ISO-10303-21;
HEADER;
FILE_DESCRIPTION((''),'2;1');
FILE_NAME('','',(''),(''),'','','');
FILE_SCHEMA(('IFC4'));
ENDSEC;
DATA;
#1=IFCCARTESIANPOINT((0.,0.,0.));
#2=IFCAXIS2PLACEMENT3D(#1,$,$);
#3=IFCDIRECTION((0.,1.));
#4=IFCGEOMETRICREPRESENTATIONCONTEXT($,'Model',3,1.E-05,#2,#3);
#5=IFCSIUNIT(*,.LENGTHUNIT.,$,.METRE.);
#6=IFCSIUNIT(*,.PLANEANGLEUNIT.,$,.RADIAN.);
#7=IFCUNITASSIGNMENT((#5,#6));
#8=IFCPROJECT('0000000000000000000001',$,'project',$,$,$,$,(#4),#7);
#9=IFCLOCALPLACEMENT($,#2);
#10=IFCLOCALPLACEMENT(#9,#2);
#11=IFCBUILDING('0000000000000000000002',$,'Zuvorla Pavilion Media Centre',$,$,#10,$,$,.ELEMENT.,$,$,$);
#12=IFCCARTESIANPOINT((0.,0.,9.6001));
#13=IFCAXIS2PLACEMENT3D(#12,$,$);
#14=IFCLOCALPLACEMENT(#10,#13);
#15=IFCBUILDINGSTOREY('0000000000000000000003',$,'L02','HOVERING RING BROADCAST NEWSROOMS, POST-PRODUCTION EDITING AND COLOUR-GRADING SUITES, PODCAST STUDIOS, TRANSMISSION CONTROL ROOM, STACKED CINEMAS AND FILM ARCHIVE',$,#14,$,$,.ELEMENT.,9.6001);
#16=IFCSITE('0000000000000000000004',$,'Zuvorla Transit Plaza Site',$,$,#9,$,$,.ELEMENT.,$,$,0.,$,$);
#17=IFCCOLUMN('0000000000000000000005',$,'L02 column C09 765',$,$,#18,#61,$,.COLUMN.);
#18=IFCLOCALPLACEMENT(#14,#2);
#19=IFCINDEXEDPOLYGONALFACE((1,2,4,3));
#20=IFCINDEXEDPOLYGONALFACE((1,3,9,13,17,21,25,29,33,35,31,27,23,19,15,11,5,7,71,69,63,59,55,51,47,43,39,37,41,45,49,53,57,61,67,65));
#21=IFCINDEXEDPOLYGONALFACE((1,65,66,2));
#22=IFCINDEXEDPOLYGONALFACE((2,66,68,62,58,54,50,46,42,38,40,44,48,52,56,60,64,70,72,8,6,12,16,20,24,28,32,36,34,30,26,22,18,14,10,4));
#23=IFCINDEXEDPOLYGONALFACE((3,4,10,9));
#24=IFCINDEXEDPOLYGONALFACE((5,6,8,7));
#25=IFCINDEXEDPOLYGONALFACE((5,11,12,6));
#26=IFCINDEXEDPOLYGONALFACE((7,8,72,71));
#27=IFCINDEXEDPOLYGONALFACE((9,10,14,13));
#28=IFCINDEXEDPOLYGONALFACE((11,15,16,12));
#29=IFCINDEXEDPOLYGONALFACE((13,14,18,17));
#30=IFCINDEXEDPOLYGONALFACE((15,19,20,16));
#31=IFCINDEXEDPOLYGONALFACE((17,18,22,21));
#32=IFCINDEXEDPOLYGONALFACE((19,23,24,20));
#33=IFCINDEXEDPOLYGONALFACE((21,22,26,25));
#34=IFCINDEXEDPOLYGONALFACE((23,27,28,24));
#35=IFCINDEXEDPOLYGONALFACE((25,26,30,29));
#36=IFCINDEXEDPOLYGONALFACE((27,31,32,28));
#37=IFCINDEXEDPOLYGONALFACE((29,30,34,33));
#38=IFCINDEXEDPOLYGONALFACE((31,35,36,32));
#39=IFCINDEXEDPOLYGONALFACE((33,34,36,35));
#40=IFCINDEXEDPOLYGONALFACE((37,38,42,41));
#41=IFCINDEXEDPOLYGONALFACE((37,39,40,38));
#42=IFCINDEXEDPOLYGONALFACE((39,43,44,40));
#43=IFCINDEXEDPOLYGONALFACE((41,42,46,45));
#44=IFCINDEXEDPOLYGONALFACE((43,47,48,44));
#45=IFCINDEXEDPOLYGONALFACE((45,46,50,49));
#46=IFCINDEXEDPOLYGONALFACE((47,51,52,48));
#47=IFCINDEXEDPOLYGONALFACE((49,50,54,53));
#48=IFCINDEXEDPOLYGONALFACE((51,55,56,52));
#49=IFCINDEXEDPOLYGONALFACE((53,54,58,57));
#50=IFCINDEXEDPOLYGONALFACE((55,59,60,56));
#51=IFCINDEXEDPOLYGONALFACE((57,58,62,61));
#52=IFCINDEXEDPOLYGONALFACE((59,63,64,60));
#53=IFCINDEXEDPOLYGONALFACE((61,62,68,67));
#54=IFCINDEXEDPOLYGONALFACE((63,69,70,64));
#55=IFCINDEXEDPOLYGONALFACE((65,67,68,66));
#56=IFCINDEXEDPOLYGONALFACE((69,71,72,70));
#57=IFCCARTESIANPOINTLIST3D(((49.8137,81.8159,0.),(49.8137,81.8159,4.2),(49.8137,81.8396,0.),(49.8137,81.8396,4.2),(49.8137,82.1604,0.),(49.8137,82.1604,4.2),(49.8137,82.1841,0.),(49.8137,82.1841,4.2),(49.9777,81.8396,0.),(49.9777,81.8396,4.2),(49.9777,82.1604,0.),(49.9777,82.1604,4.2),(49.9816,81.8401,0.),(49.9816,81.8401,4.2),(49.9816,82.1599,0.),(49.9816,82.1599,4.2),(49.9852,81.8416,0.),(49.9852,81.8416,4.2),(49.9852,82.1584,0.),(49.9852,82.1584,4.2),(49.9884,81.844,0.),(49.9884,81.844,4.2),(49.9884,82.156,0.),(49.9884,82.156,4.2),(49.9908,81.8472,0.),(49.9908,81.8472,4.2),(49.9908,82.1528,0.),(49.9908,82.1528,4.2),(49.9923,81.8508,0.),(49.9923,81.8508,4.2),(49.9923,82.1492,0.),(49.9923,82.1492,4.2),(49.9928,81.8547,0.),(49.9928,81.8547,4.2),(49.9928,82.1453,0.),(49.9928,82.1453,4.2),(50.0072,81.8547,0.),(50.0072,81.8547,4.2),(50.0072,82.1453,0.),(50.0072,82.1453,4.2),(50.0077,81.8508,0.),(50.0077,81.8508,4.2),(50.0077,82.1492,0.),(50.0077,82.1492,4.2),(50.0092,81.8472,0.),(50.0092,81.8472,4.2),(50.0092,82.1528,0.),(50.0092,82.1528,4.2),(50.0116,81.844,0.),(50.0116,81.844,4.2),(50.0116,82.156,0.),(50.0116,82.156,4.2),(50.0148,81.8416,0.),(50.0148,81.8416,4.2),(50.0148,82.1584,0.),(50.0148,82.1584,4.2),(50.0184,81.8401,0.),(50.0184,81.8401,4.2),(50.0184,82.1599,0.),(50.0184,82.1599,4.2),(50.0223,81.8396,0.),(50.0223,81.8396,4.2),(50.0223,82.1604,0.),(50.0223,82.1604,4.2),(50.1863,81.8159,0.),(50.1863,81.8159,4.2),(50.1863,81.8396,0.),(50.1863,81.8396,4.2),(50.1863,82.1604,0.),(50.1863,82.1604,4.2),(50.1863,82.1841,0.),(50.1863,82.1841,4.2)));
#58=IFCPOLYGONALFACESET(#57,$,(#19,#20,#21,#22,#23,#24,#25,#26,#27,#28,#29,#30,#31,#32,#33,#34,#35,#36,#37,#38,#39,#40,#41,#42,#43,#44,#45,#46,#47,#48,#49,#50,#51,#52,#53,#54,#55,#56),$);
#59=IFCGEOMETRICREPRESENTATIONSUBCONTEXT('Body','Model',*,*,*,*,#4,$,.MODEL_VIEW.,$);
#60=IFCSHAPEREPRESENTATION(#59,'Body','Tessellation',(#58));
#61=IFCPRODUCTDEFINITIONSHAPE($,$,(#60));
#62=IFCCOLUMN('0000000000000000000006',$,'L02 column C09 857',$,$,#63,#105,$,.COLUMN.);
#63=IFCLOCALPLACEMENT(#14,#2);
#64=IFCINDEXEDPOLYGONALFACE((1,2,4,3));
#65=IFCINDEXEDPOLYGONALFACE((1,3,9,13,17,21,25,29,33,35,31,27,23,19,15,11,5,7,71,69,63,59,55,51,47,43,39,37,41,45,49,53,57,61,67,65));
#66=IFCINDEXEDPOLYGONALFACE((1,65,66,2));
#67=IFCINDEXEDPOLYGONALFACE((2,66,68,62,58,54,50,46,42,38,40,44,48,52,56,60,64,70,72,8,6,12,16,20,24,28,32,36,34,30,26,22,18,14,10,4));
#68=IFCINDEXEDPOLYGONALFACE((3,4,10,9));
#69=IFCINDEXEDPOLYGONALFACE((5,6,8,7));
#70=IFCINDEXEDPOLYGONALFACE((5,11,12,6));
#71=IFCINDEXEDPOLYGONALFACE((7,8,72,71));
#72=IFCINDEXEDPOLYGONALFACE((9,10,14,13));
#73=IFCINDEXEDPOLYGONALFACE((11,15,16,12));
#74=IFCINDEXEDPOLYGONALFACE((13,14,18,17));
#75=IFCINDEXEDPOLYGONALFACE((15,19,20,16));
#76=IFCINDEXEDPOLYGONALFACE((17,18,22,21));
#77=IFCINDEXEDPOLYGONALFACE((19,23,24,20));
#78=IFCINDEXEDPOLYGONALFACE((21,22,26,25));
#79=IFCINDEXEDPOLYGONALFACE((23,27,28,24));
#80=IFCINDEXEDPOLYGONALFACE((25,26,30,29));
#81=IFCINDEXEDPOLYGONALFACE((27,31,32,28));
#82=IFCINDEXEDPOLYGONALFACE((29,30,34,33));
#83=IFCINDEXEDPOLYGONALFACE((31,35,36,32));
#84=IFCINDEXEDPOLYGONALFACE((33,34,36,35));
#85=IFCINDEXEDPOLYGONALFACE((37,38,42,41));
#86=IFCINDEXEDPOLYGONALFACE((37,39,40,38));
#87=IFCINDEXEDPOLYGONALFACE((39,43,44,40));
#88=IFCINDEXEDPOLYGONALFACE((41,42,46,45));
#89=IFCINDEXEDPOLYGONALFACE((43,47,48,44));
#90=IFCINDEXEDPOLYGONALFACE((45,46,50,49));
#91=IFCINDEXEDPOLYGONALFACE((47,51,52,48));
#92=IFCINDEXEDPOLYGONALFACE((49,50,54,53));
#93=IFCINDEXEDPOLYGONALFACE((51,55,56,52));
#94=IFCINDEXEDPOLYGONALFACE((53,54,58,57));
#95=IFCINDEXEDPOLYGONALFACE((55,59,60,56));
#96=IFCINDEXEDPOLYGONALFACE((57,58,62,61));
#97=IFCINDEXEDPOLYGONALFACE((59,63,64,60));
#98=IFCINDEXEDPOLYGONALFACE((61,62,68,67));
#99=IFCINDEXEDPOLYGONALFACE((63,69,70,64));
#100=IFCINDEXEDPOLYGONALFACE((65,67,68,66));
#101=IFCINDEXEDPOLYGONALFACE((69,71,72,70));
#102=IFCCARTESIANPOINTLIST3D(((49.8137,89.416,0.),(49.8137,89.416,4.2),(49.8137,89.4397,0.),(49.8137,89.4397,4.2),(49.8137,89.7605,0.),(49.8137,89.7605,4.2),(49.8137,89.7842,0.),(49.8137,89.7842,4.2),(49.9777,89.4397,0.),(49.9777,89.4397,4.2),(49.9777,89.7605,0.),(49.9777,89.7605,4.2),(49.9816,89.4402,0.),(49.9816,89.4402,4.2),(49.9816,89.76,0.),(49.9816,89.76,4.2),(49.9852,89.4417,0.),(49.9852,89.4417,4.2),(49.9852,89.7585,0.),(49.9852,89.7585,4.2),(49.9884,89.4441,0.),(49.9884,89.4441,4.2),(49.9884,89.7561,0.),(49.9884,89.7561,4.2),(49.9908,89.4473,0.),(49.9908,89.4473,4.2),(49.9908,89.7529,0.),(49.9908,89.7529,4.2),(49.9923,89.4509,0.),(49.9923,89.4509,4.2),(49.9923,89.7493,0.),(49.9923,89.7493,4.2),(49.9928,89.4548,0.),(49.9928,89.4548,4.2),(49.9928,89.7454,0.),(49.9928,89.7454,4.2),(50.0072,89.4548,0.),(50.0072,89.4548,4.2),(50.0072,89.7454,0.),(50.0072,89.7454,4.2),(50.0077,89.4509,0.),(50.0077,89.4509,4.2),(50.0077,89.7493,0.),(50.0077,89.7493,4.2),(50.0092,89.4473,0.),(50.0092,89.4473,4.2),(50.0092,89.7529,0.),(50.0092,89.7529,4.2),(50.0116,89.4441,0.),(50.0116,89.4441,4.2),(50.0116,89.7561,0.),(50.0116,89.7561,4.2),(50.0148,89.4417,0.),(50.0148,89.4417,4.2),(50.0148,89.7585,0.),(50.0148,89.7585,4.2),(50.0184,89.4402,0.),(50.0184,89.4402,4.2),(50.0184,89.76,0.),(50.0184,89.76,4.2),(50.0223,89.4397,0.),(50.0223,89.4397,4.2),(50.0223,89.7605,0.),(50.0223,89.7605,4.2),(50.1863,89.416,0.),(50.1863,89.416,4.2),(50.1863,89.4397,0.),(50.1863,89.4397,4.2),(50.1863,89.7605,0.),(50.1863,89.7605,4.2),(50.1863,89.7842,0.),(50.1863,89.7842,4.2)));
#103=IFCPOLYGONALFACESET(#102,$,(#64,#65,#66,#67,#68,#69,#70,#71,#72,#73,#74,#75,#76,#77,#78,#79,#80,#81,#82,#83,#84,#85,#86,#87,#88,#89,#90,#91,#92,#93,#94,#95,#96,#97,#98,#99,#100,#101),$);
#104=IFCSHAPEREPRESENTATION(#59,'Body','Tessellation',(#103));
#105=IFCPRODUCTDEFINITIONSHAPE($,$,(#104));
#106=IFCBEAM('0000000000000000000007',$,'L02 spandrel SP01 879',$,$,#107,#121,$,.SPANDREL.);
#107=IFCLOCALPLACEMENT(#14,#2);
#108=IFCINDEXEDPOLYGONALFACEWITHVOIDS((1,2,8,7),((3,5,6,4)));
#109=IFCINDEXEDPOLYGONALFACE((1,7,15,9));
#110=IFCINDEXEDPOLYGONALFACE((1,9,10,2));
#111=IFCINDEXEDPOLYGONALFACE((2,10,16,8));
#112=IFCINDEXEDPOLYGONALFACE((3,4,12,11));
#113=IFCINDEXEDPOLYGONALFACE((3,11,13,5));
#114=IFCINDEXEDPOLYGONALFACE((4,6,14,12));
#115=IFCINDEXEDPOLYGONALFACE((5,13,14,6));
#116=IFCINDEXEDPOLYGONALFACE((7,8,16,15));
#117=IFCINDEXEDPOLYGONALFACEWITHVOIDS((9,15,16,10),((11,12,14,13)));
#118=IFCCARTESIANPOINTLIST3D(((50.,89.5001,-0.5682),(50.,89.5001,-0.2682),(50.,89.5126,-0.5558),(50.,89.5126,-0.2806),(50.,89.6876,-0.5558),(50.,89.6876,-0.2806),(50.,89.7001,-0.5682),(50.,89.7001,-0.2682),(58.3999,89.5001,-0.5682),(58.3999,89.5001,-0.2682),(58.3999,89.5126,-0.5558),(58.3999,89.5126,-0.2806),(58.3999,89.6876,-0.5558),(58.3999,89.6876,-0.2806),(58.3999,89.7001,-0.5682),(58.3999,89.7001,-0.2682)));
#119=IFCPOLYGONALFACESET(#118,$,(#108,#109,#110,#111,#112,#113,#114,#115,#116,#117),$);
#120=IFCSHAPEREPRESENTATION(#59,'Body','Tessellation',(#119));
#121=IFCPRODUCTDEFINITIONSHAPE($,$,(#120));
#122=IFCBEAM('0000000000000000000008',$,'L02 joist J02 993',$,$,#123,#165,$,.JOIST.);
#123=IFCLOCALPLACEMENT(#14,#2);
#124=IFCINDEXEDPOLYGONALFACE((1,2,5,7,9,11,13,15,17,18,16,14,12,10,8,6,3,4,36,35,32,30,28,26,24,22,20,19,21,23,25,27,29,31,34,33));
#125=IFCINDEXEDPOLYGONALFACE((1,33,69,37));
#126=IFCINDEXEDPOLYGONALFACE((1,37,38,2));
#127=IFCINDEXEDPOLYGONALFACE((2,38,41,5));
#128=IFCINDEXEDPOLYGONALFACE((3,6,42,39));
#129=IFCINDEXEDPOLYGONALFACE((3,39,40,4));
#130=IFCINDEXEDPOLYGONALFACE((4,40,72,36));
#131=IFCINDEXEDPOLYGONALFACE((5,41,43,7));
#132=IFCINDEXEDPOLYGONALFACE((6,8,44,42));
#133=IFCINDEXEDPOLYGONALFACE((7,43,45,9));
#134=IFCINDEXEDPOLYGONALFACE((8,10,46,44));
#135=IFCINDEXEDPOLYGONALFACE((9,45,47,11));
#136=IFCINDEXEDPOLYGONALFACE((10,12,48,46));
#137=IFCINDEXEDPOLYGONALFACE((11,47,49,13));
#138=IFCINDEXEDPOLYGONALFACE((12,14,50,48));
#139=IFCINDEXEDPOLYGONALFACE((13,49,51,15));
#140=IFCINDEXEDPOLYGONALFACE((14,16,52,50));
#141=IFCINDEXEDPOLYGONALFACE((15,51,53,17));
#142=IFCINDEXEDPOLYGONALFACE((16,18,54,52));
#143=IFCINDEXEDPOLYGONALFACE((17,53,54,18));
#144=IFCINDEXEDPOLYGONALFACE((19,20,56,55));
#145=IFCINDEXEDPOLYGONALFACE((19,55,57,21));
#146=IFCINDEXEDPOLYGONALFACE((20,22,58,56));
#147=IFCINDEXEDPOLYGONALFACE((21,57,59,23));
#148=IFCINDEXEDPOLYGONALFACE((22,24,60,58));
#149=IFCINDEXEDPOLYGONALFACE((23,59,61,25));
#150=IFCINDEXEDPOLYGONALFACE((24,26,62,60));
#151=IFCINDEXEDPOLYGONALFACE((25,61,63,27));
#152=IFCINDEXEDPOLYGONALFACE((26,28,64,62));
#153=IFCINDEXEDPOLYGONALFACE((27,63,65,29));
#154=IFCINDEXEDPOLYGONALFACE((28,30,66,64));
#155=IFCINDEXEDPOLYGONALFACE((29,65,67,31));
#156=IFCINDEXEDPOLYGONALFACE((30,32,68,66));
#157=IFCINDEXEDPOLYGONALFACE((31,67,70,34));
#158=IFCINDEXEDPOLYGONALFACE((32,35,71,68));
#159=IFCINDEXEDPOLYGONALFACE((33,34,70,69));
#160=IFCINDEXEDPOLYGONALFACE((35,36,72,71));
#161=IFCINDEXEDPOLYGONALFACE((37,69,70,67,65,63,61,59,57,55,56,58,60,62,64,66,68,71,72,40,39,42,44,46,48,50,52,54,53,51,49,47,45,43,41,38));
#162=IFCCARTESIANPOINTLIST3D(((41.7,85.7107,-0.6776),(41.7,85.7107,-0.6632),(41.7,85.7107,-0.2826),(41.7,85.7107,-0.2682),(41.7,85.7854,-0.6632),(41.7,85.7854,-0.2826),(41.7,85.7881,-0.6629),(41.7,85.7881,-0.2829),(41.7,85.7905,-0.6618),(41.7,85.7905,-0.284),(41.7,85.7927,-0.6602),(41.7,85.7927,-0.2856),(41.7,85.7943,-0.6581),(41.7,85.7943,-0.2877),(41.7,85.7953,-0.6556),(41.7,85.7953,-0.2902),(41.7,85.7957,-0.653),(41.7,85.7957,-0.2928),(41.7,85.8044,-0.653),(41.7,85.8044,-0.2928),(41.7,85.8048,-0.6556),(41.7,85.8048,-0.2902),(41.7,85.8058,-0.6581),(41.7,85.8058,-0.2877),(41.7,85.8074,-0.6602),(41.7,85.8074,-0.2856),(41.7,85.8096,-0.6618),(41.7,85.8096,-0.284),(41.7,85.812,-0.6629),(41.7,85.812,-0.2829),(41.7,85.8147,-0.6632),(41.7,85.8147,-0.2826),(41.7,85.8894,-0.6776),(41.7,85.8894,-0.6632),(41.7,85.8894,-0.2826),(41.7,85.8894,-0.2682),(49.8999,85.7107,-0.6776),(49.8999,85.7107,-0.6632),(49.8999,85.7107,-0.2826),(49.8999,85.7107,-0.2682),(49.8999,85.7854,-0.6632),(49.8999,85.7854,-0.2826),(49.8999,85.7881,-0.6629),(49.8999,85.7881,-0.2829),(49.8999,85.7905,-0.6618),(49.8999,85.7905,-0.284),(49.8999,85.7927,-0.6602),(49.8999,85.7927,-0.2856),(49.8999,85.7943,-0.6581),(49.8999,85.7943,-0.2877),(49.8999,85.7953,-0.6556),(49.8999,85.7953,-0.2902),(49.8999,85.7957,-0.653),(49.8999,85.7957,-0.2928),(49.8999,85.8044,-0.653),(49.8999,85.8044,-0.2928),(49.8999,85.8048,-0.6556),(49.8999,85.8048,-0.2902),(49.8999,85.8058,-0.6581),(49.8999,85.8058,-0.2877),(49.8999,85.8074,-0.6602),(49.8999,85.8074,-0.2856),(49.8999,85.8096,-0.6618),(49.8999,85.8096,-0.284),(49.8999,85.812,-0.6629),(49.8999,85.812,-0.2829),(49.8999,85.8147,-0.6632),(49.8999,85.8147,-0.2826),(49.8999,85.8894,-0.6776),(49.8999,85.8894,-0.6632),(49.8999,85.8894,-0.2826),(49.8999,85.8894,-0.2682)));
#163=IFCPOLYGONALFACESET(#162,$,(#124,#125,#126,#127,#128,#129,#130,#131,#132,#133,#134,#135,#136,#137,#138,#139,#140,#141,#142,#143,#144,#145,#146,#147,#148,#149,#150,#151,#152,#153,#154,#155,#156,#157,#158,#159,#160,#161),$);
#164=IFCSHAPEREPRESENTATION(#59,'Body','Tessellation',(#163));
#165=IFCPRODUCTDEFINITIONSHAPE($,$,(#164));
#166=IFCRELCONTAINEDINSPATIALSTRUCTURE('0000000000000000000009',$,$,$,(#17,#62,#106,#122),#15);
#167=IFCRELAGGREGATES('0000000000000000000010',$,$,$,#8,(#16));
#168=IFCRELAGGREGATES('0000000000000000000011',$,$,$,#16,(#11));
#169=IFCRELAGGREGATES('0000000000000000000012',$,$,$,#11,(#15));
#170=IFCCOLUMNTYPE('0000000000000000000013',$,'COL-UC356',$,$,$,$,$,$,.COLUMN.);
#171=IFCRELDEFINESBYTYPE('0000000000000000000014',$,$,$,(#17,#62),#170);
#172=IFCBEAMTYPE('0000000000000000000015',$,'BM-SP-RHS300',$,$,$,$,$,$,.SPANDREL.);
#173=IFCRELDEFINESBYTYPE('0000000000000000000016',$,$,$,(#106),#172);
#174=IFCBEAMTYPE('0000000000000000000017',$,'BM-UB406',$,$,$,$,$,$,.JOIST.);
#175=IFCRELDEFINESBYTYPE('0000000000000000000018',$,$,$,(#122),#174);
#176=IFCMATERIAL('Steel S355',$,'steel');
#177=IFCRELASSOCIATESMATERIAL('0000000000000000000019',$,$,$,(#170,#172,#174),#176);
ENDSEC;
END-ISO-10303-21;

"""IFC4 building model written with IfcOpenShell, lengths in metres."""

from ifc_helpers import new_model, si_unit, direction, frame, origin, origin_2d, place, context, subcontext, project, spatial, hollow_rectangle, i_section, extrude, material, material_profile, profile_set, type_object, element, save


model = new_model("IFC4")

# Units and contexts
model_context = context("Model", 3, precision=1e-05, world=origin(), true_north=direction((0.0, 1.0)))
body_context = subcontext(model_context, "Body", "Model", "MODEL_VIEW")
ifc_project = project(units=[si_unit("LENGTHUNIT", "METRE"), si_unit("PLANEANGLEUNIT", "RADIAN")], contexts=[model_context])

# Site, building, storey
site_placement = place(None, origin())
site = spatial("IfcSite", under=ifc_project, at=site_placement, Name="Zuvorla Transit Plaza Site", CompositionType="ELEMENT", RefElevation=0.0)
building_placement = place(site_placement, origin())
building = spatial("IfcBuilding", under=site, at=building_placement, Name="Zuvorla Pavilion Media Centre", CompositionType="ELEMENT")
storey_placement = place(building_placement, frame((0.0, 0.0, 9.6001)))
storey = spatial("IfcBuildingStorey", under=building, at=storey_placement, Name="L02", Description="HOVERING RING BROADCAST NEWSROOMS, POST-PRODUCTION EDITING AND COLOUR-GRADING SUITES, PODCAST STUDIOS, TRANSMISSION CONTROL ROOM, STACKED CINEMAS AND FILM ARCHIVE", CompositionType="ELEMENT", Elevation=9.6001)

# Columns
ifc_material_1 = material(Name="Steel S355", Category="steel")
ifc_material_profile_1 = material_profile(ifc_material_1, i_section(OverallWidth=0.3726, OverallDepth=0.3682, WebThickness=0.0144, FlangeThickness=0.0237, FilletRadius=0.0151, at=origin_2d()), Name="UC 356x368x177")
ifc_profile_set_1 = profile_set([ifc_material_profile_1], Name="Steel S355")
column_type = type_object("IfcColumnType", Name="COL-UC356", PredefinedType="COLUMN", material=ifc_profile_set_1)
for number, where, z_axis, x_axis, name in (
    (1, (50.0, 82.0, 0.0), (0.0, 0.0, 1.0), (1.0, 0.0, 0.0), "L02 column C09 765"),
    (2, (50.0, 89.6001, 0.0), (0.0, 0.0, 1.0), (1.0, 0.0, 0.0), "L02 column C09 857"),
):
    element("IfcColumn", number, at=place(storey_placement, frame(where, z_axis=z_axis, x_axis=x_axis)), inside=storey, type_object=column_type, Name=name, PredefinedType="COLUMN", context=body_context, shape_type="SweptSolid", body=[
        extrude(i_section(OverallWidth=0.3726, OverallDepth=0.3682, WebThickness=0.0144, FlangeThickness=0.0237, FilletRadius=0.0151, at=origin_2d()), origin(), (0.0, 0.0, 1.0), 4.2),
    ])

# Beams
ifc_material_profile_2 = material_profile(ifc_material_1, hollow_rectangle(XDim=0.2, YDim=0.3, WallThickness=0.0125, at=origin_2d()), Name="RHS 300x200x12.5")
ifc_profile_set_2 = profile_set([ifc_material_profile_2], Name="Steel S355")
beam_type_1 = type_object("IfcBeamType", Name="BM-SP-RHS300", PredefinedType="SPANDREL", material=ifc_profile_set_2)
beam_1_placement = place(storey_placement, frame((50.0, 89.6001, -0.4182), z_axis=(1.0, 0.0, 0.0), x_axis=(0.0, 1.0, 0.0)))
element("IfcBeam", 3, at=beam_1_placement, inside=storey, type_object=beam_type_1, Name="L02 spandrel SP01 879", PredefinedType="SPANDREL", context=body_context, shape_type="SweptSolid", body=[
    extrude(hollow_rectangle(XDim=0.2, YDim=0.3, WallThickness=0.0125, at=origin_2d()), origin(), (0.0, 0.0, 1.0), 8.3999),
])
ifc_material_profile_3 = material_profile(ifc_material_1, i_section(OverallWidth=0.1787, OverallDepth=0.4094, WebThickness=0.0088, FlangeThickness=0.0144, FilletRadius=0.0103, at=origin_2d()), Name="UB 406x178x67")
ifc_profile_set_3 = profile_set([ifc_material_profile_3], Name="Steel S355")
beam_type_2 = type_object("IfcBeamType", Name="BM-UB406", PredefinedType="JOIST", material=ifc_profile_set_3)
for number, where, z_axis, x_axis, name in (
    (4, (41.7, 85.8, -0.4729), (1.0, 0.0, 0.0), (0.0, 1.0, 0.0), "L02 joist J02 993"),
):
    element("IfcBeam", number, at=place(storey_placement, frame(where, z_axis=z_axis, x_axis=x_axis)), inside=storey, type_object=beam_type_2, Name=name, PredefinedType="JOIST", context=body_context, shape_type="SweptSolid", body=[
        extrude(i_section(OverallWidth=0.1787, OverallDepth=0.4094, WebThickness=0.0088, FlangeThickness=0.0144, FilletRadius=0.0103, at=origin_2d()), origin(), (0.0, 0.0, 1.0), 8.2),
    ])

save(model, "model.ifc")
